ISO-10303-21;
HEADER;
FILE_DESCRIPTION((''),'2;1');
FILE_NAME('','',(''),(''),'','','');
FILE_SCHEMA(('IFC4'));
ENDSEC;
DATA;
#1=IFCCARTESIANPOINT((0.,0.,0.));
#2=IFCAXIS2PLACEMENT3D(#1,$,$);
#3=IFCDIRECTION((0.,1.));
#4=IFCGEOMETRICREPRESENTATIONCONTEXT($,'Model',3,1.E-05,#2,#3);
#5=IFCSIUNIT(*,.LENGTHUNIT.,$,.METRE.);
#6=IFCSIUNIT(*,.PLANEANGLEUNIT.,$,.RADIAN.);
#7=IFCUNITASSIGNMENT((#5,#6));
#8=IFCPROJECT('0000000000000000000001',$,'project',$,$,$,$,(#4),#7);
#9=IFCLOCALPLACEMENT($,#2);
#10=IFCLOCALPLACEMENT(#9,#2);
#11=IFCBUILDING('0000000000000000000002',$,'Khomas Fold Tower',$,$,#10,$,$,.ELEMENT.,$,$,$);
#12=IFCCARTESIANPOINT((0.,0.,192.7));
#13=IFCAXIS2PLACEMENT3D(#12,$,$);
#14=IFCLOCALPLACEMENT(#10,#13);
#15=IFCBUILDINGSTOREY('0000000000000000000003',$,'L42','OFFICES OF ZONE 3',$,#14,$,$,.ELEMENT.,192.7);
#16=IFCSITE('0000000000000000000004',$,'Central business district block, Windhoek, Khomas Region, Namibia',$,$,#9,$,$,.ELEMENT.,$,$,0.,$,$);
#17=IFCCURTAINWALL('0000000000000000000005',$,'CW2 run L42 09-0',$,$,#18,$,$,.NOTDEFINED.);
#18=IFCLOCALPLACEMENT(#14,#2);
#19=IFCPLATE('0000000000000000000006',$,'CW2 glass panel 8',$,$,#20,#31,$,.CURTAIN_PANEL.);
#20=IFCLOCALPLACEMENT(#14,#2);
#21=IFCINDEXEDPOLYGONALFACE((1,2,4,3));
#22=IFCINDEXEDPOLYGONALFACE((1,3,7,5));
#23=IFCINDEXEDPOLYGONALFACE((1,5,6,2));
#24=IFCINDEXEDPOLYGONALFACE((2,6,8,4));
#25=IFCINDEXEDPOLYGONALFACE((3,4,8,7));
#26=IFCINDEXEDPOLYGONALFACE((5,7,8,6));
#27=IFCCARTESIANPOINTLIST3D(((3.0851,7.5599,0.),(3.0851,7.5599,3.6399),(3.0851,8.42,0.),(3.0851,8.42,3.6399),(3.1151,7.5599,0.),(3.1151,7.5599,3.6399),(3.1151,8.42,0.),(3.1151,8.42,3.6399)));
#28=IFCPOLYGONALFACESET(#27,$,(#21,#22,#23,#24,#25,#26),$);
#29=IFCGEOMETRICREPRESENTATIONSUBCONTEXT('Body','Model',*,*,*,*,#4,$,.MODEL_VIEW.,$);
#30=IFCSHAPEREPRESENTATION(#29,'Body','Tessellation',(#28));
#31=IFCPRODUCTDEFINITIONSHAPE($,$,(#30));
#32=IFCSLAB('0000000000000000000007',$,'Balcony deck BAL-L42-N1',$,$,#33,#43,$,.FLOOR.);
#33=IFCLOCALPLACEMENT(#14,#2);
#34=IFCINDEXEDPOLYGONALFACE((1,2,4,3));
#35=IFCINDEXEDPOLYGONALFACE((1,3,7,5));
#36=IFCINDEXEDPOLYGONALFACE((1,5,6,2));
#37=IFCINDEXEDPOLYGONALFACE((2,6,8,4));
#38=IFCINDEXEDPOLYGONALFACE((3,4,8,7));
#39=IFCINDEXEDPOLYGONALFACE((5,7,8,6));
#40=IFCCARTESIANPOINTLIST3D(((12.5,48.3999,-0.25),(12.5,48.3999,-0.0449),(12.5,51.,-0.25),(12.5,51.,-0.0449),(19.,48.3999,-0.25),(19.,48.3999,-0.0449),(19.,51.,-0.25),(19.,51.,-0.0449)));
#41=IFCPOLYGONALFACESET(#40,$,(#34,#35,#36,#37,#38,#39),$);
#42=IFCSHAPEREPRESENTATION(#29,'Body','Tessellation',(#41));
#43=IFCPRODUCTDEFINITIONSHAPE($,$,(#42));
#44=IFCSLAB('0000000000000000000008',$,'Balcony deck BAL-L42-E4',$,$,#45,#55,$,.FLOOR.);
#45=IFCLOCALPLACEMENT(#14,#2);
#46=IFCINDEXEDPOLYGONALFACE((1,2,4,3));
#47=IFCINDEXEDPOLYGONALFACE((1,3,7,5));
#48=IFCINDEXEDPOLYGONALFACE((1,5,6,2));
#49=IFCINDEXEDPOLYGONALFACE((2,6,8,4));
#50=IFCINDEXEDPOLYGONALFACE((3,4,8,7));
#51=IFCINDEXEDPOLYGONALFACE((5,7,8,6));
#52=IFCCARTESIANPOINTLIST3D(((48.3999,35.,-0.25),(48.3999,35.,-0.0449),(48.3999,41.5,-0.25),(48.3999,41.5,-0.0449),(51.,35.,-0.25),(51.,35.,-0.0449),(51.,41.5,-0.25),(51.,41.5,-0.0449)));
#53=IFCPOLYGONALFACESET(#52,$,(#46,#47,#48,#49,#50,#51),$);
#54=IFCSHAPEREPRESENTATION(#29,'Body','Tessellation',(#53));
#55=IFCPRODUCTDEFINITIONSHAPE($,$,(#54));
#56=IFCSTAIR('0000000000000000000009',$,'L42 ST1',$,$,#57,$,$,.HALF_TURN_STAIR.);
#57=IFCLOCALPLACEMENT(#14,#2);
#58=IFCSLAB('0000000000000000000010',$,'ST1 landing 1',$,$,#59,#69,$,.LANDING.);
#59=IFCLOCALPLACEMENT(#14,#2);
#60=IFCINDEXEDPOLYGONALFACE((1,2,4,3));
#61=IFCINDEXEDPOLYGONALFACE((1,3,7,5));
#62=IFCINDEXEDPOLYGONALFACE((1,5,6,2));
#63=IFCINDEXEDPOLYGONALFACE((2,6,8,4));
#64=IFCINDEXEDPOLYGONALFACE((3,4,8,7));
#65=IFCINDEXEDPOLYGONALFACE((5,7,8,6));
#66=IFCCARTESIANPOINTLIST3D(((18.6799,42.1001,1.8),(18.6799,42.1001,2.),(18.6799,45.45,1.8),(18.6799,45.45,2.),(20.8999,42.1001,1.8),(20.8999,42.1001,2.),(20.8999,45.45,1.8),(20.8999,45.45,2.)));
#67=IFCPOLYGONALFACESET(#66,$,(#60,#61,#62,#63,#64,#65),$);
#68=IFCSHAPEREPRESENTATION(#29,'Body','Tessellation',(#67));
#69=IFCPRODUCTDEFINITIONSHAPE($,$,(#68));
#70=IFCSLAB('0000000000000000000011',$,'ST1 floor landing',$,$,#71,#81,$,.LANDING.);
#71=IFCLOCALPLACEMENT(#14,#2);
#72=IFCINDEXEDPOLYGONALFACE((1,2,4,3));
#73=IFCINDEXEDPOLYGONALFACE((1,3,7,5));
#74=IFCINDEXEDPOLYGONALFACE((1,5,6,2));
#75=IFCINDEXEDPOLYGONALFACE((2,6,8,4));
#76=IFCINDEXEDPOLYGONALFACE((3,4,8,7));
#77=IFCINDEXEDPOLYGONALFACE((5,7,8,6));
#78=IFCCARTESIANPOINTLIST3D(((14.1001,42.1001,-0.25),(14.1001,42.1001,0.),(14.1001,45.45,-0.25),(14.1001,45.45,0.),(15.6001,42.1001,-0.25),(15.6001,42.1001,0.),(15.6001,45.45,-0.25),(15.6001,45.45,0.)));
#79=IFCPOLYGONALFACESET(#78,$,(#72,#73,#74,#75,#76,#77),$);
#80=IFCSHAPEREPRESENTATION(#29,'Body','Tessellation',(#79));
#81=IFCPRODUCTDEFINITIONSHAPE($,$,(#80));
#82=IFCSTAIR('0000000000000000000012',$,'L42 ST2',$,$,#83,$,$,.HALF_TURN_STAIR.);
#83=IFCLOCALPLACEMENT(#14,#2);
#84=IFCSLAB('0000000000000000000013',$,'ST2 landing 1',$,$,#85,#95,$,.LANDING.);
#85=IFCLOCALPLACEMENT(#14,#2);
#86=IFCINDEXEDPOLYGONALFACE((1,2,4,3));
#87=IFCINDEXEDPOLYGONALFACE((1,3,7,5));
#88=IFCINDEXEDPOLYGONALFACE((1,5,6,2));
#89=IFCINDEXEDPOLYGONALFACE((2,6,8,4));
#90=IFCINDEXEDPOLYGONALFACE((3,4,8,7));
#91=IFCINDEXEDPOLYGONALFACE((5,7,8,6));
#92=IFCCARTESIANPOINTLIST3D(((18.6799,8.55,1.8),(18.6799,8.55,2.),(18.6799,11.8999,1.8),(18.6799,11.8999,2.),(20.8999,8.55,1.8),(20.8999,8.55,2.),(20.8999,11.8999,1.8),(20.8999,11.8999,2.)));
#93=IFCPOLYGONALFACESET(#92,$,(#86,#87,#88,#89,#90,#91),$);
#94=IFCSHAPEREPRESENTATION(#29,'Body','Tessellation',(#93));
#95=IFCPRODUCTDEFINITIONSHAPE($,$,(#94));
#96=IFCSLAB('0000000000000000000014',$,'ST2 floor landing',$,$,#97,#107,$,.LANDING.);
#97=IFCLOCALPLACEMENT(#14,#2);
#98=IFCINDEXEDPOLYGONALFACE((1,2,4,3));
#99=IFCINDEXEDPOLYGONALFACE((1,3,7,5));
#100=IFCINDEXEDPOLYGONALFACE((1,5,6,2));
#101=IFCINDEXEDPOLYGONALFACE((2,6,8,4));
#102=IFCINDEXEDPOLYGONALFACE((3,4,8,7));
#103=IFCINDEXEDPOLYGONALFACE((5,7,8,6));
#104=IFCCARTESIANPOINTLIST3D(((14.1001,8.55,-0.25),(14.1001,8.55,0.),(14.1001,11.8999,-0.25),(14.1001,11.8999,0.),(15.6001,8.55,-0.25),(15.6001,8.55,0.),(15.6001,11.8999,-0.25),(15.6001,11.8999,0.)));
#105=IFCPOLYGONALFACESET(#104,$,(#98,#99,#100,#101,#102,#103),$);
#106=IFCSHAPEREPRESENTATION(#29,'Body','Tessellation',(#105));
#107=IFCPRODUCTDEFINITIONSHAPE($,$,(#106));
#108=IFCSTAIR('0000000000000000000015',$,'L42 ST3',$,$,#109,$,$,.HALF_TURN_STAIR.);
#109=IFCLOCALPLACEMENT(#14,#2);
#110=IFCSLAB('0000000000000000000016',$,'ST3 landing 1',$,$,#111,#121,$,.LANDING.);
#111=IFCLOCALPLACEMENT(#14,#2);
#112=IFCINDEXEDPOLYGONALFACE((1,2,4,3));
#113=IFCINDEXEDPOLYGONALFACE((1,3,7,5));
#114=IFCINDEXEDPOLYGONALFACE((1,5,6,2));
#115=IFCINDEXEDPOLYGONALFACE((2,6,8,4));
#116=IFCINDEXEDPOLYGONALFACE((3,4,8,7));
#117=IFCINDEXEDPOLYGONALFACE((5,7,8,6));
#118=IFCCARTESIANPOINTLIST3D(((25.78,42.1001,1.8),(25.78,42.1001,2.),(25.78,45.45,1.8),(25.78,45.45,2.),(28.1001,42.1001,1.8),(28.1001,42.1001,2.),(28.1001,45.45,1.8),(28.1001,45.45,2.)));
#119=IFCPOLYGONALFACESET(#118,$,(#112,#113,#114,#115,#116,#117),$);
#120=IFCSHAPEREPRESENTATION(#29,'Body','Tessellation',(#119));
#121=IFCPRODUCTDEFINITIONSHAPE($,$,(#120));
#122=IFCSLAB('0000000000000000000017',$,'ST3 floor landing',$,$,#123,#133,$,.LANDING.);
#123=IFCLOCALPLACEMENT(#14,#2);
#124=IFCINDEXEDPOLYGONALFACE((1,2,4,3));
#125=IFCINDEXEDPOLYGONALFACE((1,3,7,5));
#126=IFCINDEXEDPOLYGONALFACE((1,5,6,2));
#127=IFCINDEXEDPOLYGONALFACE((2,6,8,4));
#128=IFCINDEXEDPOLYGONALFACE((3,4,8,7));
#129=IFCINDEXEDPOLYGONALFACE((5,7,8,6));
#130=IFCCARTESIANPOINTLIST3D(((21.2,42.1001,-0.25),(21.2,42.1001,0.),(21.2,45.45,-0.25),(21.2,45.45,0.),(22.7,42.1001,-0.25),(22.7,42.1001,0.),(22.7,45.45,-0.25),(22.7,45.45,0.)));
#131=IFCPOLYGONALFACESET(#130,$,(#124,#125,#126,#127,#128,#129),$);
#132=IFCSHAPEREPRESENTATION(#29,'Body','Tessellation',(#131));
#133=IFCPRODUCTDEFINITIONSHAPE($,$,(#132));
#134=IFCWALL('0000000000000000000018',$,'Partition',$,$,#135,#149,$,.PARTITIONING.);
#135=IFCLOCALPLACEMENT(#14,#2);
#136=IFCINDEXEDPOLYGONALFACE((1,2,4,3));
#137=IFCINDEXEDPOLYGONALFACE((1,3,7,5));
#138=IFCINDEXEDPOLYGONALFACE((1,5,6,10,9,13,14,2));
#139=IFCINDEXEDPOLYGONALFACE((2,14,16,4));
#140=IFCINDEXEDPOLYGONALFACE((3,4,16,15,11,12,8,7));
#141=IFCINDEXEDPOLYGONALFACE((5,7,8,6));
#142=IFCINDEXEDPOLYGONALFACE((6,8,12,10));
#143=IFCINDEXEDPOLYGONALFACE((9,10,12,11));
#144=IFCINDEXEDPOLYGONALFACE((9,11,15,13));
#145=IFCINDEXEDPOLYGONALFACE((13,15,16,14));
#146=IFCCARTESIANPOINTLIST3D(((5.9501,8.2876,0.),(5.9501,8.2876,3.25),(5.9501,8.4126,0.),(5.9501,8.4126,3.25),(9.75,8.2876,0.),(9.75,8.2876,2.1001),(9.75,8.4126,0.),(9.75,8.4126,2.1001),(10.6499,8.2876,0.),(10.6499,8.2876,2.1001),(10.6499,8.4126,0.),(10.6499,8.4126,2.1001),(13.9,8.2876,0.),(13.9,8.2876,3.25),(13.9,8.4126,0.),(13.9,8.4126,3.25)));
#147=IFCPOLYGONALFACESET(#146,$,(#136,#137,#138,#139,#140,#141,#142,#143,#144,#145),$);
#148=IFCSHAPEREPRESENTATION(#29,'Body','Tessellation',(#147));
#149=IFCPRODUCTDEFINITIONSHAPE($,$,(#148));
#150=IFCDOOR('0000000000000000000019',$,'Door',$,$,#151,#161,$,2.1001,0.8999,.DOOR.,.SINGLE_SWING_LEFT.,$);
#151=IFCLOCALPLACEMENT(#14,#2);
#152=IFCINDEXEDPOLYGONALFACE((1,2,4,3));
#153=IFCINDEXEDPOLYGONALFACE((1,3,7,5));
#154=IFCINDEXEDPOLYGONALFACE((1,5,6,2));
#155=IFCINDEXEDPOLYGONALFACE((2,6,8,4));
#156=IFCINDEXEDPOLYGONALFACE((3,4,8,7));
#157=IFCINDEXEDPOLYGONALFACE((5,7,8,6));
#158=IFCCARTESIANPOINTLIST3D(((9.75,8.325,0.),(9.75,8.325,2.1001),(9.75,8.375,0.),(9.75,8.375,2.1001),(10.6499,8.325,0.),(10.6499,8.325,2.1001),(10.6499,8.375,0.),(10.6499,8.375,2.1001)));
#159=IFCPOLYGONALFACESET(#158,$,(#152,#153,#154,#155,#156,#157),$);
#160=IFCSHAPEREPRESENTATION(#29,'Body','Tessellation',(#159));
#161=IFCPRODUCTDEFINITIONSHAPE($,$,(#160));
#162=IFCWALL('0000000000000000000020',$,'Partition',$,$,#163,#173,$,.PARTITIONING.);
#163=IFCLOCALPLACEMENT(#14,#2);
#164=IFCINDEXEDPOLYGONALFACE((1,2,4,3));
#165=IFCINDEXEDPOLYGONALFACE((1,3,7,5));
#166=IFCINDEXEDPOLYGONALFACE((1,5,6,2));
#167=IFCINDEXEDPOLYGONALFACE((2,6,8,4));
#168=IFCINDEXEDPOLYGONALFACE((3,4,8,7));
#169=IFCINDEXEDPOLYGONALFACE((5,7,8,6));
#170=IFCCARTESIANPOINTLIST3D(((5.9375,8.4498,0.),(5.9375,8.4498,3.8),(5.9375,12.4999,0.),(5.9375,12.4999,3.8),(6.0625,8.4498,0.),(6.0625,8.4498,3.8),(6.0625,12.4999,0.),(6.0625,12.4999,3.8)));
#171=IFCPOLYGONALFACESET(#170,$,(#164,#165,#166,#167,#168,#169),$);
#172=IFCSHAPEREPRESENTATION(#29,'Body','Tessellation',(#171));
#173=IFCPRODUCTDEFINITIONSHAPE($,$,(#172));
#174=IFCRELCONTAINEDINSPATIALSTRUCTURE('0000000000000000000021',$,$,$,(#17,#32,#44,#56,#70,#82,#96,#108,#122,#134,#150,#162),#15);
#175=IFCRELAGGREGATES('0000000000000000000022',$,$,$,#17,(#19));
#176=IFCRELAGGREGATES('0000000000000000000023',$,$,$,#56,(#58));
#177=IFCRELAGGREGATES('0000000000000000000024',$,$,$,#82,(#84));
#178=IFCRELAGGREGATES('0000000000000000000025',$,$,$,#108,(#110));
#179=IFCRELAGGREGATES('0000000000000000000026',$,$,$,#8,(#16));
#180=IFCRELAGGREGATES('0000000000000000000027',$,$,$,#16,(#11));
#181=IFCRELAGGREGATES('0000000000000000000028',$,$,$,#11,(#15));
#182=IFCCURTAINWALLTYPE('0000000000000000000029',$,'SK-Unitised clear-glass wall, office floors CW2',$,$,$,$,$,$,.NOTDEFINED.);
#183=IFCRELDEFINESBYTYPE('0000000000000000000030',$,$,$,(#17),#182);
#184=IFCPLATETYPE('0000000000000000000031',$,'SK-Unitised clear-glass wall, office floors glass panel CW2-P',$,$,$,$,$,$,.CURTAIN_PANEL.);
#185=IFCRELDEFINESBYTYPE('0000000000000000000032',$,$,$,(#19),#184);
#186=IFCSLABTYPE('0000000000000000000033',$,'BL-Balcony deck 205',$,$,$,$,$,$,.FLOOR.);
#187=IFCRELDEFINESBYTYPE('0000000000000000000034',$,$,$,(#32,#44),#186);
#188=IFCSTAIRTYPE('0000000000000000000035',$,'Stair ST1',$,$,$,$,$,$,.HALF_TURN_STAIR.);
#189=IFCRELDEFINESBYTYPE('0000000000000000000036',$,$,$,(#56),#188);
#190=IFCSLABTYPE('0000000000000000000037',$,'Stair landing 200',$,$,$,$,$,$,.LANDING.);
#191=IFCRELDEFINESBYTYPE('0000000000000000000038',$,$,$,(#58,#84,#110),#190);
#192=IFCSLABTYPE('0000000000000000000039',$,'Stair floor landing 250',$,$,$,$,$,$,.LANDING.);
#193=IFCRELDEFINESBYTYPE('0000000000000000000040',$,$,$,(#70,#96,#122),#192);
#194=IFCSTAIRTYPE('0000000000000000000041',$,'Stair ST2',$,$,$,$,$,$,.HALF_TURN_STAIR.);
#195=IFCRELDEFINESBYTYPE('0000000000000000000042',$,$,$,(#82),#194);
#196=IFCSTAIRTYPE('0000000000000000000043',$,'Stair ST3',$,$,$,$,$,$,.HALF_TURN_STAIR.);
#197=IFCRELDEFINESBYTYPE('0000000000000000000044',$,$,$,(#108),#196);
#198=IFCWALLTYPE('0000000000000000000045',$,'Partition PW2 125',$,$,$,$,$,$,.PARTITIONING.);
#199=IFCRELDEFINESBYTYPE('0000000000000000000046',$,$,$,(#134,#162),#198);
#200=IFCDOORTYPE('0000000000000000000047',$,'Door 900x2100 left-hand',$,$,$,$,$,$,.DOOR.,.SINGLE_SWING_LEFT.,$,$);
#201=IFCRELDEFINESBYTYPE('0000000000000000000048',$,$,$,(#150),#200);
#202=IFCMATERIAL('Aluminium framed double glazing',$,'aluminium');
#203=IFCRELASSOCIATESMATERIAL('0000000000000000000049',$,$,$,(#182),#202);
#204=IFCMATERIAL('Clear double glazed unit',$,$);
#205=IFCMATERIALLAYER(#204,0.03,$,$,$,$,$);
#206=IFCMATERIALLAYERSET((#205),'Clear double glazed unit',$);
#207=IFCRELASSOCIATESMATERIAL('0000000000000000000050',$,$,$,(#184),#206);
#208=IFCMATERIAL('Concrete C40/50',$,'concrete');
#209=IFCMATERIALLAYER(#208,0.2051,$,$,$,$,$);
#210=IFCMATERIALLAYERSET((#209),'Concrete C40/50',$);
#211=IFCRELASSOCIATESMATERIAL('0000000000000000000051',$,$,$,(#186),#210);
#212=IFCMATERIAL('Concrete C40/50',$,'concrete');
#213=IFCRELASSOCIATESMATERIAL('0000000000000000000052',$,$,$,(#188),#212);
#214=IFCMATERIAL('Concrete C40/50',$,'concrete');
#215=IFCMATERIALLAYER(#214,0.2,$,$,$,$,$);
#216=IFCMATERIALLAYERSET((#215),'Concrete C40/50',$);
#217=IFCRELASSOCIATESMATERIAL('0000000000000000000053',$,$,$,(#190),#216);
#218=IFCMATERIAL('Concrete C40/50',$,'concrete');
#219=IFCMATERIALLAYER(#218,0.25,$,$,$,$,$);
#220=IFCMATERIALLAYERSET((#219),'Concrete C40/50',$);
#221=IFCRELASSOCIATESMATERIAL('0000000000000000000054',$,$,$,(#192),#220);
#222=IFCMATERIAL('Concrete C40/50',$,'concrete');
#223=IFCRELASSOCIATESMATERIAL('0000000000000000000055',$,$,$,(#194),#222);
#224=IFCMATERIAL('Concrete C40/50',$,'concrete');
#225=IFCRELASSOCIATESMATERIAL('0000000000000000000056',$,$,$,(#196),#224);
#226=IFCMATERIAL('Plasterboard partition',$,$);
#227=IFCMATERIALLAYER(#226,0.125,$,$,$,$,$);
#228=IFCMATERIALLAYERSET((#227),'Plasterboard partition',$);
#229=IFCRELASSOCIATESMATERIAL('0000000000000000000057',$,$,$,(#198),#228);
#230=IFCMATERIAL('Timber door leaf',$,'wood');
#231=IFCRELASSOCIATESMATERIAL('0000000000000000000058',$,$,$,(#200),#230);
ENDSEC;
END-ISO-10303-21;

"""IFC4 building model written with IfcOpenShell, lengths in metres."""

from ifc_helpers import new_model, si_unit, direction, frame, frame_2d, origin, origin_2d, place, context, subcontext, project, spatial, polyline, rectangle, outline, extrude, source, transform, mapped, material, layer, layer_set, type_object, element, fill, aggregate, save


model = new_model("IFC4")

# Units and contexts
model_context = context("Model", 3, precision=1e-05, world=origin(), true_north=direction((0.0, 1.0)))
body_context = subcontext(model_context, "Body", "Model", "MODEL_VIEW")
ifc_project = project(units=[si_unit("LENGTHUNIT", "METRE"), si_unit("PLANEANGLEUNIT", "RADIAN")], contexts=[model_context])

# Site, building, storey
site_placement = place(None, origin())
site = spatial("IfcSite", under=ifc_project, at=site_placement, Name="Central business district block, Windhoek, Khomas Region, Namibia", CompositionType="ELEMENT", RefElevation=0.0)
building_placement = place(site_placement, origin())
building = spatial("IfcBuilding", under=site, at=building_placement, Name="Khomas Fold Tower", CompositionType="ELEMENT")
storey_placement = place(building_placement, frame((0.0, 0.0, 192.7)))
storey = spatial("IfcBuildingStorey", under=building, at=storey_placement, Name="L42", Description="OFFICES OF ZONE 3", CompositionType="ELEMENT", Elevation=192.7)

# Curtain wall
ifc_material_1 = material(Name="Aluminium framed double glazing", Category="aluminium")
curtain_wall_type = type_object("IfcCurtainWallType", Name="SK-Unitised clear-glass wall, office floors CW2", PredefinedType="NOTDEFINED", material=ifc_material_1)
curtain_wall_1_placement = place(storey_placement, origin())
curtain_wall_1 = element("IfcCurtainWall", 1, at=curtain_wall_1_placement, inside=storey, type_object=curtain_wall_type, Name="CW2 run L42 09-0", PredefinedType="NOTDEFINED")

# Plate
ifc_material_2 = material(Name="Clear double glazed unit")
ifc_layer_1 = layer(ifc_material_2, 0.03)
ifc_layer_set_1 = layer_set([ifc_layer_1], Name="Clear double glazed unit")
plate_type = type_object("IfcPlateType", Name="SK-Unitised clear-glass wall, office floors glass panel CW2-P", PredefinedType="CURTAIN_PANEL", material=ifc_layer_set_1)
shared_shape_1 = source(origin(), body_context, "Body", "SweptSolid", [
    extrude(rectangle(XDim=0.8601, YDim=0.03, at=origin_2d()), origin(), (0.0, 0.0, 1.0), 3.6399),
])
plate_1_placement = place(storey_placement, frame((3.1001, 7.99, 0.0), z_axis=(0.0, 0.0, 1.0), x_axis=(0.0, -1.0, 0.0)))
plate_1 = element("IfcPlate", 2, at=plate_1_placement, type_object=plate_type, Name="CW2 glass panel 8", PredefinedType="CURTAIN_PANEL", context=body_context, shape_type="MappedRepresentation", body=[
    mapped(shared_shape_1, transform((0.0, 0.0, 0.0))),
])
aggregate(curtain_wall_1, [plate_1])

# Slabs
ifc_material_3 = material(Name="Concrete C40/50", Category="concrete")
ifc_layer_2 = layer(ifc_material_3, 0.2051)
ifc_layer_set_2 = layer_set([ifc_layer_2], Name="Concrete C40/50")
slab_type_1 = type_object("IfcSlabType", Name="BL-Balcony deck 205", PredefinedType="FLOOR", material=ifc_layer_set_2)
shared_shape_2 = source(origin(), body_context, "Body", "SweptSolid", [
    extrude(outline(polyline([(12.5, 48.3999), (19.0, 48.3999), (19.0, 51.0), (12.5, 51.0), (12.5, 48.3999)])), origin(), (0.0, 0.0, 1.0), 0.2051),
])
slab_1_placement = place(storey_placement, frame((0.0, 0.0, -0.25)))
element("IfcSlab", 3, at=slab_1_placement, inside=storey, type_object=slab_type_1, Name="Balcony deck BAL-L42-N1", PredefinedType="FLOOR", context=body_context, shape_type="MappedRepresentation", body=[
    mapped(shared_shape_2, transform((0.0, 0.0, 0.0))),
])
shared_shape_3 = source(origin(), body_context, "Body", "SweptSolid", [
    extrude(outline(polyline([(48.3999, 35.0), (51.0, 35.0), (51.0, 41.5), (48.3999, 41.5), (48.3999, 35.0)])), origin(), (0.0, 0.0, 1.0), 0.2051),
])
slab_2_placement = place(storey_placement, frame((0.0, 0.0, -0.25)))
element("IfcSlab", 4, at=slab_2_placement, inside=storey, type_object=slab_type_1, Name="Balcony deck BAL-L42-E4", PredefinedType="FLOOR", context=body_context, shape_type="MappedRepresentation", body=[
    mapped(shared_shape_3, transform((0.0, 0.0, 0.0))),
])

# Stair, slab
ifc_material_4 = material(Name="Concrete C40/50", Category="concrete")
stair_type_1 = type_object("IfcStairType", Name="Stair ST1", PredefinedType="HALF_TURN_STAIR", material=ifc_material_4)
stair_1_placement = place(storey_placement, origin())
stair_1 = element("IfcStair", 5, at=stair_1_placement, inside=storey, type_object=stair_type_1, Name="L42 ST1", PredefinedType="HALF_TURN_STAIR")
ifc_material_5 = material(Name="Concrete C40/50", Category="concrete")
ifc_layer_3 = layer(ifc_material_5, 0.2)
ifc_layer_set_3 = layer_set([ifc_layer_3], Name="Concrete C40/50")
slab_type_2 = type_object("IfcSlabType", Name="Stair landing 200", PredefinedType="LANDING", material=ifc_layer_set_3)
shared_shape_4 = source(origin(), body_context, "Body", "SweptSolid", [
    extrude(outline(polyline([(18.6799, 42.1001), (20.8999, 42.1001), (20.8999, 45.45), (18.6799, 45.45), (18.6799, 42.1001)])), origin(), (0.0, 0.0, 1.0), 0.2),
])
slab_3_placement = place(storey_placement, frame((0.0, 0.0, 1.8)))
slab_3 = element("IfcSlab", 6, at=slab_3_placement, type_object=slab_type_2, Name="ST1 landing 1", PredefinedType="LANDING", context=body_context, shape_type="MappedRepresentation", body=[
    mapped(shared_shape_4, transform((0.0, 0.0, 0.0))),
])
aggregate(stair_1, [slab_3])

# Slab
ifc_material_6 = material(Name="Concrete C40/50", Category="concrete")
ifc_layer_4 = layer(ifc_material_6, 0.25)
ifc_layer_set_4 = layer_set([ifc_layer_4], Name="Concrete C40/50")
slab_type_3 = type_object("IfcSlabType", Name="Stair floor landing 250", PredefinedType="LANDING", material=ifc_layer_set_4)
shared_shape_5 = source(origin(), body_context, "Body", "SweptSolid", [
    extrude(outline(polyline([(15.6001, 42.1001), (14.1001, 42.1001), (14.1001, 45.45), (15.6001, 45.45), (15.6001, 42.1001)])), origin(), (0.0, 0.0, 1.0), 0.25),
])
slab_4_placement = place(storey_placement, frame((0.0, 0.0, -0.25)))
element("IfcSlab", 7, at=slab_4_placement, inside=storey, type_object=slab_type_3, Name="ST1 floor landing", PredefinedType="LANDING", context=body_context, shape_type="MappedRepresentation", body=[
    mapped(shared_shape_5, transform((0.0, 0.0, 0.0))),
])

# Stair, slab
ifc_material_7 = material(Name="Concrete C40/50", Category="concrete")
stair_type_2 = type_object("IfcStairType", Name="Stair ST2", PredefinedType="HALF_TURN_STAIR", material=ifc_material_7)
stair_2_placement = place(storey_placement, origin())
stair_2 = element("IfcStair", 8, at=stair_2_placement, inside=storey, type_object=stair_type_2, Name="L42 ST2", PredefinedType="HALF_TURN_STAIR")
shared_shape_6 = source(origin(), body_context, "Body", "SweptSolid", [
    extrude(outline(polyline([(18.6799, 8.55), (20.8999, 8.55), (20.8999, 11.8999), (18.6799, 11.8999), (18.6799, 8.55)])), origin(), (0.0, 0.0, 1.0), 0.2),
])
slab_5_placement = place(storey_placement, frame((0.0, 0.0, 1.8)))
slab_5 = element("IfcSlab", 9, at=slab_5_placement, type_object=slab_type_2, Name="ST2 landing 1", PredefinedType="LANDING", context=body_context, shape_type="MappedRepresentation", body=[
    mapped(shared_shape_6, transform((0.0, 0.0, 0.0))),
])
aggregate(stair_2, [slab_5])

# Slab
shared_shape_7 = source(origin(), body_context, "Body", "SweptSolid", [
    extrude(outline(polyline([(15.6001, 8.55), (14.1001, 8.55), (14.1001, 11.8999), (15.6001, 11.8999), (15.6001, 8.55)])), origin(), (0.0, 0.0, 1.0), 0.25),
])
slab_6_placement = place(storey_placement, frame((0.0, 0.0, -0.25)))
element("IfcSlab", 10, at=slab_6_placement, inside=storey, type_object=slab_type_3, Name="ST2 floor landing", PredefinedType="LANDING", context=body_context, shape_type="MappedRepresentation", body=[
    mapped(shared_shape_7, transform((0.0, 0.0, 0.0))),
])

# Stair, slab
ifc_material_8 = material(Name="Concrete C40/50", Category="concrete")
stair_type_3 = type_object("IfcStairType", Name="Stair ST3", PredefinedType="HALF_TURN_STAIR", material=ifc_material_8)
stair_3_placement = place(storey_placement, origin())
stair_3 = element("IfcStair", 11, at=stair_3_placement, inside=storey, type_object=stair_type_3, Name="L42 ST3", PredefinedType="HALF_TURN_STAIR")
shared_shape_8 = source(origin(), body_context, "Body", "SweptSolid", [
    extrude(outline(polyline([(25.78, 42.1001), (28.1001, 42.1001), (28.1001, 45.45), (25.78, 45.45), (25.78, 42.1001)])), origin(), (0.0, 0.0, 1.0), 0.2),
])
slab_7_placement = place(storey_placement, frame((0.0, 0.0, 1.8)))
slab_7 = element("IfcSlab", 12, at=slab_7_placement, type_object=slab_type_2, Name="ST3 landing 1", PredefinedType="LANDING", context=body_context, shape_type="MappedRepresentation", body=[
    mapped(shared_shape_8, transform((0.0, 0.0, 0.0))),
])
aggregate(stair_3, [slab_7])

# Slab
shared_shape_9 = source(origin(), body_context, "Body", "SweptSolid", [
    extrude(outline(polyline([(22.7, 42.1001), (21.2, 42.1001), (21.2, 45.45), (22.7, 45.45), (22.7, 42.1001)])), origin(), (0.0, 0.0, 1.0), 0.25),
])
slab_8_placement = place(storey_placement, frame((0.0, 0.0, -0.25)))
element("IfcSlab", 13, at=slab_8_placement, inside=storey, type_object=slab_type_3, Name="ST3 floor landing", PredefinedType="LANDING", context=body_context, shape_type="MappedRepresentation", body=[
    mapped(shared_shape_9, transform((0.0, 0.0, 0.0))),
])

# Wall, opening, door
ifc_material_9 = material(Name="Plasterboard partition")
ifc_layer_5 = layer(ifc_material_9, 0.125)
ifc_layer_set_5 = layer_set([ifc_layer_5], Name="Plasterboard partition")
wall_type = type_object("IfcWallType", Name="Partition PW2 125", PredefinedType="PARTITIONING", material=ifc_layer_set_5)
shared_shape_10 = source(origin(), body_context, "Body", "SweptSolid", [
    extrude(rectangle(XDim=7.95, YDim=0.125, at=frame_2d((3.9751, 0.0))), origin(), (0.0, 0.0, 1.0), 3.25),
])
wall_1_placement = place(storey_placement, frame((5.95, 8.3501, 0.0), z_axis=(0.0, 0.0, 1.0), x_axis=(1.0, 0.0, 0.0)))
wall_1 = element("IfcWall", 14, at=wall_1_placement, inside=storey, type_object=wall_type, Name="Partition", PredefinedType="PARTITIONING", context=body_context, shape_type="MappedRepresentation", body=[
    mapped(shared_shape_10, transform((0.0, 0.0, 0.0))),
])
shared_shape_11 = source(origin(), body_context, "Body", "SweptSolid", [
    extrude(rectangle(XDim=0.8999, YDim=2.1001, at=frame_2d((0.45, 1.05))), frame((0.0, 0.0725, 0.0), z_axis=(0.0, -1.0, 0.0), x_axis=(1.0, 0.0, 0.0)), (0.0, 0.0, 1.0), 0.145),
])
opening_placement = place(wall_1_placement, frame((3.8, 0.0, 0.0)))
opening = element("IfcOpeningElement", 15, at=opening_placement, cuts=wall_1, PredefinedType="OPENING", context=body_context, shape_type="MappedRepresentation", body=[
    mapped(shared_shape_11, transform((0.0, 0.0, 0.0))),
])
ifc_material_10 = material(Name="Timber door leaf", Category="wood")
door_type = type_object("IfcDoorType", Name="Door 900x2100 left-hand", OperationType="SINGLE_SWING_LEFT", PredefinedType="DOOR", material=ifc_material_10)
shared_shape_12 = source(origin(), body_context, "Body", "SweptSolid", [
    extrude(rectangle(XDim=0.8999, YDim=2.1001, at=frame_2d((0.45, 1.05))), frame((0.0, 0.0249, 0.0), z_axis=(0.0, -1.0, 0.0), x_axis=(1.0, 0.0, 0.0)), (0.0, 0.0, 1.0), 0.05),
])
door_placement = place(opening_placement, origin())
door = element("IfcDoor", 16, at=door_placement, inside=storey, type_object=door_type, Name="Door", OperationType="SINGLE_SWING_LEFT", OverallHeight=2.1001, OverallWidth=0.8999, PredefinedType="DOOR", context=body_context, shape_type="MappedRepresentation", body=[
    mapped(shared_shape_12, transform((0.0, 0.0, 0.0))),
])
fill(opening, door)

# Wall
shared_shape_13 = source(origin(), body_context, "Body", "SweptSolid", [
    extrude(rectangle(XDim=4.05, YDim=0.125, at=frame_2d((2.0249, 0.0))), origin(), (0.0, 0.0, 1.0), 3.8),
])
wall_2_placement = place(storey_placement, frame((6.0, 8.45, 0.0), z_axis=(0.0, 0.0, 1.0), x_axis=(0.0, 1.0, 0.0)))
element("IfcWall", 17, at=wall_2_placement, inside=storey, type_object=wall_type, Name="Partition", PredefinedType="PARTITIONING", context=body_context, shape_type="MappedRepresentation", body=[
    mapped(shared_shape_13, transform((0.0, 0.0, 0.0))),
])

save(model, "model.ifc")
